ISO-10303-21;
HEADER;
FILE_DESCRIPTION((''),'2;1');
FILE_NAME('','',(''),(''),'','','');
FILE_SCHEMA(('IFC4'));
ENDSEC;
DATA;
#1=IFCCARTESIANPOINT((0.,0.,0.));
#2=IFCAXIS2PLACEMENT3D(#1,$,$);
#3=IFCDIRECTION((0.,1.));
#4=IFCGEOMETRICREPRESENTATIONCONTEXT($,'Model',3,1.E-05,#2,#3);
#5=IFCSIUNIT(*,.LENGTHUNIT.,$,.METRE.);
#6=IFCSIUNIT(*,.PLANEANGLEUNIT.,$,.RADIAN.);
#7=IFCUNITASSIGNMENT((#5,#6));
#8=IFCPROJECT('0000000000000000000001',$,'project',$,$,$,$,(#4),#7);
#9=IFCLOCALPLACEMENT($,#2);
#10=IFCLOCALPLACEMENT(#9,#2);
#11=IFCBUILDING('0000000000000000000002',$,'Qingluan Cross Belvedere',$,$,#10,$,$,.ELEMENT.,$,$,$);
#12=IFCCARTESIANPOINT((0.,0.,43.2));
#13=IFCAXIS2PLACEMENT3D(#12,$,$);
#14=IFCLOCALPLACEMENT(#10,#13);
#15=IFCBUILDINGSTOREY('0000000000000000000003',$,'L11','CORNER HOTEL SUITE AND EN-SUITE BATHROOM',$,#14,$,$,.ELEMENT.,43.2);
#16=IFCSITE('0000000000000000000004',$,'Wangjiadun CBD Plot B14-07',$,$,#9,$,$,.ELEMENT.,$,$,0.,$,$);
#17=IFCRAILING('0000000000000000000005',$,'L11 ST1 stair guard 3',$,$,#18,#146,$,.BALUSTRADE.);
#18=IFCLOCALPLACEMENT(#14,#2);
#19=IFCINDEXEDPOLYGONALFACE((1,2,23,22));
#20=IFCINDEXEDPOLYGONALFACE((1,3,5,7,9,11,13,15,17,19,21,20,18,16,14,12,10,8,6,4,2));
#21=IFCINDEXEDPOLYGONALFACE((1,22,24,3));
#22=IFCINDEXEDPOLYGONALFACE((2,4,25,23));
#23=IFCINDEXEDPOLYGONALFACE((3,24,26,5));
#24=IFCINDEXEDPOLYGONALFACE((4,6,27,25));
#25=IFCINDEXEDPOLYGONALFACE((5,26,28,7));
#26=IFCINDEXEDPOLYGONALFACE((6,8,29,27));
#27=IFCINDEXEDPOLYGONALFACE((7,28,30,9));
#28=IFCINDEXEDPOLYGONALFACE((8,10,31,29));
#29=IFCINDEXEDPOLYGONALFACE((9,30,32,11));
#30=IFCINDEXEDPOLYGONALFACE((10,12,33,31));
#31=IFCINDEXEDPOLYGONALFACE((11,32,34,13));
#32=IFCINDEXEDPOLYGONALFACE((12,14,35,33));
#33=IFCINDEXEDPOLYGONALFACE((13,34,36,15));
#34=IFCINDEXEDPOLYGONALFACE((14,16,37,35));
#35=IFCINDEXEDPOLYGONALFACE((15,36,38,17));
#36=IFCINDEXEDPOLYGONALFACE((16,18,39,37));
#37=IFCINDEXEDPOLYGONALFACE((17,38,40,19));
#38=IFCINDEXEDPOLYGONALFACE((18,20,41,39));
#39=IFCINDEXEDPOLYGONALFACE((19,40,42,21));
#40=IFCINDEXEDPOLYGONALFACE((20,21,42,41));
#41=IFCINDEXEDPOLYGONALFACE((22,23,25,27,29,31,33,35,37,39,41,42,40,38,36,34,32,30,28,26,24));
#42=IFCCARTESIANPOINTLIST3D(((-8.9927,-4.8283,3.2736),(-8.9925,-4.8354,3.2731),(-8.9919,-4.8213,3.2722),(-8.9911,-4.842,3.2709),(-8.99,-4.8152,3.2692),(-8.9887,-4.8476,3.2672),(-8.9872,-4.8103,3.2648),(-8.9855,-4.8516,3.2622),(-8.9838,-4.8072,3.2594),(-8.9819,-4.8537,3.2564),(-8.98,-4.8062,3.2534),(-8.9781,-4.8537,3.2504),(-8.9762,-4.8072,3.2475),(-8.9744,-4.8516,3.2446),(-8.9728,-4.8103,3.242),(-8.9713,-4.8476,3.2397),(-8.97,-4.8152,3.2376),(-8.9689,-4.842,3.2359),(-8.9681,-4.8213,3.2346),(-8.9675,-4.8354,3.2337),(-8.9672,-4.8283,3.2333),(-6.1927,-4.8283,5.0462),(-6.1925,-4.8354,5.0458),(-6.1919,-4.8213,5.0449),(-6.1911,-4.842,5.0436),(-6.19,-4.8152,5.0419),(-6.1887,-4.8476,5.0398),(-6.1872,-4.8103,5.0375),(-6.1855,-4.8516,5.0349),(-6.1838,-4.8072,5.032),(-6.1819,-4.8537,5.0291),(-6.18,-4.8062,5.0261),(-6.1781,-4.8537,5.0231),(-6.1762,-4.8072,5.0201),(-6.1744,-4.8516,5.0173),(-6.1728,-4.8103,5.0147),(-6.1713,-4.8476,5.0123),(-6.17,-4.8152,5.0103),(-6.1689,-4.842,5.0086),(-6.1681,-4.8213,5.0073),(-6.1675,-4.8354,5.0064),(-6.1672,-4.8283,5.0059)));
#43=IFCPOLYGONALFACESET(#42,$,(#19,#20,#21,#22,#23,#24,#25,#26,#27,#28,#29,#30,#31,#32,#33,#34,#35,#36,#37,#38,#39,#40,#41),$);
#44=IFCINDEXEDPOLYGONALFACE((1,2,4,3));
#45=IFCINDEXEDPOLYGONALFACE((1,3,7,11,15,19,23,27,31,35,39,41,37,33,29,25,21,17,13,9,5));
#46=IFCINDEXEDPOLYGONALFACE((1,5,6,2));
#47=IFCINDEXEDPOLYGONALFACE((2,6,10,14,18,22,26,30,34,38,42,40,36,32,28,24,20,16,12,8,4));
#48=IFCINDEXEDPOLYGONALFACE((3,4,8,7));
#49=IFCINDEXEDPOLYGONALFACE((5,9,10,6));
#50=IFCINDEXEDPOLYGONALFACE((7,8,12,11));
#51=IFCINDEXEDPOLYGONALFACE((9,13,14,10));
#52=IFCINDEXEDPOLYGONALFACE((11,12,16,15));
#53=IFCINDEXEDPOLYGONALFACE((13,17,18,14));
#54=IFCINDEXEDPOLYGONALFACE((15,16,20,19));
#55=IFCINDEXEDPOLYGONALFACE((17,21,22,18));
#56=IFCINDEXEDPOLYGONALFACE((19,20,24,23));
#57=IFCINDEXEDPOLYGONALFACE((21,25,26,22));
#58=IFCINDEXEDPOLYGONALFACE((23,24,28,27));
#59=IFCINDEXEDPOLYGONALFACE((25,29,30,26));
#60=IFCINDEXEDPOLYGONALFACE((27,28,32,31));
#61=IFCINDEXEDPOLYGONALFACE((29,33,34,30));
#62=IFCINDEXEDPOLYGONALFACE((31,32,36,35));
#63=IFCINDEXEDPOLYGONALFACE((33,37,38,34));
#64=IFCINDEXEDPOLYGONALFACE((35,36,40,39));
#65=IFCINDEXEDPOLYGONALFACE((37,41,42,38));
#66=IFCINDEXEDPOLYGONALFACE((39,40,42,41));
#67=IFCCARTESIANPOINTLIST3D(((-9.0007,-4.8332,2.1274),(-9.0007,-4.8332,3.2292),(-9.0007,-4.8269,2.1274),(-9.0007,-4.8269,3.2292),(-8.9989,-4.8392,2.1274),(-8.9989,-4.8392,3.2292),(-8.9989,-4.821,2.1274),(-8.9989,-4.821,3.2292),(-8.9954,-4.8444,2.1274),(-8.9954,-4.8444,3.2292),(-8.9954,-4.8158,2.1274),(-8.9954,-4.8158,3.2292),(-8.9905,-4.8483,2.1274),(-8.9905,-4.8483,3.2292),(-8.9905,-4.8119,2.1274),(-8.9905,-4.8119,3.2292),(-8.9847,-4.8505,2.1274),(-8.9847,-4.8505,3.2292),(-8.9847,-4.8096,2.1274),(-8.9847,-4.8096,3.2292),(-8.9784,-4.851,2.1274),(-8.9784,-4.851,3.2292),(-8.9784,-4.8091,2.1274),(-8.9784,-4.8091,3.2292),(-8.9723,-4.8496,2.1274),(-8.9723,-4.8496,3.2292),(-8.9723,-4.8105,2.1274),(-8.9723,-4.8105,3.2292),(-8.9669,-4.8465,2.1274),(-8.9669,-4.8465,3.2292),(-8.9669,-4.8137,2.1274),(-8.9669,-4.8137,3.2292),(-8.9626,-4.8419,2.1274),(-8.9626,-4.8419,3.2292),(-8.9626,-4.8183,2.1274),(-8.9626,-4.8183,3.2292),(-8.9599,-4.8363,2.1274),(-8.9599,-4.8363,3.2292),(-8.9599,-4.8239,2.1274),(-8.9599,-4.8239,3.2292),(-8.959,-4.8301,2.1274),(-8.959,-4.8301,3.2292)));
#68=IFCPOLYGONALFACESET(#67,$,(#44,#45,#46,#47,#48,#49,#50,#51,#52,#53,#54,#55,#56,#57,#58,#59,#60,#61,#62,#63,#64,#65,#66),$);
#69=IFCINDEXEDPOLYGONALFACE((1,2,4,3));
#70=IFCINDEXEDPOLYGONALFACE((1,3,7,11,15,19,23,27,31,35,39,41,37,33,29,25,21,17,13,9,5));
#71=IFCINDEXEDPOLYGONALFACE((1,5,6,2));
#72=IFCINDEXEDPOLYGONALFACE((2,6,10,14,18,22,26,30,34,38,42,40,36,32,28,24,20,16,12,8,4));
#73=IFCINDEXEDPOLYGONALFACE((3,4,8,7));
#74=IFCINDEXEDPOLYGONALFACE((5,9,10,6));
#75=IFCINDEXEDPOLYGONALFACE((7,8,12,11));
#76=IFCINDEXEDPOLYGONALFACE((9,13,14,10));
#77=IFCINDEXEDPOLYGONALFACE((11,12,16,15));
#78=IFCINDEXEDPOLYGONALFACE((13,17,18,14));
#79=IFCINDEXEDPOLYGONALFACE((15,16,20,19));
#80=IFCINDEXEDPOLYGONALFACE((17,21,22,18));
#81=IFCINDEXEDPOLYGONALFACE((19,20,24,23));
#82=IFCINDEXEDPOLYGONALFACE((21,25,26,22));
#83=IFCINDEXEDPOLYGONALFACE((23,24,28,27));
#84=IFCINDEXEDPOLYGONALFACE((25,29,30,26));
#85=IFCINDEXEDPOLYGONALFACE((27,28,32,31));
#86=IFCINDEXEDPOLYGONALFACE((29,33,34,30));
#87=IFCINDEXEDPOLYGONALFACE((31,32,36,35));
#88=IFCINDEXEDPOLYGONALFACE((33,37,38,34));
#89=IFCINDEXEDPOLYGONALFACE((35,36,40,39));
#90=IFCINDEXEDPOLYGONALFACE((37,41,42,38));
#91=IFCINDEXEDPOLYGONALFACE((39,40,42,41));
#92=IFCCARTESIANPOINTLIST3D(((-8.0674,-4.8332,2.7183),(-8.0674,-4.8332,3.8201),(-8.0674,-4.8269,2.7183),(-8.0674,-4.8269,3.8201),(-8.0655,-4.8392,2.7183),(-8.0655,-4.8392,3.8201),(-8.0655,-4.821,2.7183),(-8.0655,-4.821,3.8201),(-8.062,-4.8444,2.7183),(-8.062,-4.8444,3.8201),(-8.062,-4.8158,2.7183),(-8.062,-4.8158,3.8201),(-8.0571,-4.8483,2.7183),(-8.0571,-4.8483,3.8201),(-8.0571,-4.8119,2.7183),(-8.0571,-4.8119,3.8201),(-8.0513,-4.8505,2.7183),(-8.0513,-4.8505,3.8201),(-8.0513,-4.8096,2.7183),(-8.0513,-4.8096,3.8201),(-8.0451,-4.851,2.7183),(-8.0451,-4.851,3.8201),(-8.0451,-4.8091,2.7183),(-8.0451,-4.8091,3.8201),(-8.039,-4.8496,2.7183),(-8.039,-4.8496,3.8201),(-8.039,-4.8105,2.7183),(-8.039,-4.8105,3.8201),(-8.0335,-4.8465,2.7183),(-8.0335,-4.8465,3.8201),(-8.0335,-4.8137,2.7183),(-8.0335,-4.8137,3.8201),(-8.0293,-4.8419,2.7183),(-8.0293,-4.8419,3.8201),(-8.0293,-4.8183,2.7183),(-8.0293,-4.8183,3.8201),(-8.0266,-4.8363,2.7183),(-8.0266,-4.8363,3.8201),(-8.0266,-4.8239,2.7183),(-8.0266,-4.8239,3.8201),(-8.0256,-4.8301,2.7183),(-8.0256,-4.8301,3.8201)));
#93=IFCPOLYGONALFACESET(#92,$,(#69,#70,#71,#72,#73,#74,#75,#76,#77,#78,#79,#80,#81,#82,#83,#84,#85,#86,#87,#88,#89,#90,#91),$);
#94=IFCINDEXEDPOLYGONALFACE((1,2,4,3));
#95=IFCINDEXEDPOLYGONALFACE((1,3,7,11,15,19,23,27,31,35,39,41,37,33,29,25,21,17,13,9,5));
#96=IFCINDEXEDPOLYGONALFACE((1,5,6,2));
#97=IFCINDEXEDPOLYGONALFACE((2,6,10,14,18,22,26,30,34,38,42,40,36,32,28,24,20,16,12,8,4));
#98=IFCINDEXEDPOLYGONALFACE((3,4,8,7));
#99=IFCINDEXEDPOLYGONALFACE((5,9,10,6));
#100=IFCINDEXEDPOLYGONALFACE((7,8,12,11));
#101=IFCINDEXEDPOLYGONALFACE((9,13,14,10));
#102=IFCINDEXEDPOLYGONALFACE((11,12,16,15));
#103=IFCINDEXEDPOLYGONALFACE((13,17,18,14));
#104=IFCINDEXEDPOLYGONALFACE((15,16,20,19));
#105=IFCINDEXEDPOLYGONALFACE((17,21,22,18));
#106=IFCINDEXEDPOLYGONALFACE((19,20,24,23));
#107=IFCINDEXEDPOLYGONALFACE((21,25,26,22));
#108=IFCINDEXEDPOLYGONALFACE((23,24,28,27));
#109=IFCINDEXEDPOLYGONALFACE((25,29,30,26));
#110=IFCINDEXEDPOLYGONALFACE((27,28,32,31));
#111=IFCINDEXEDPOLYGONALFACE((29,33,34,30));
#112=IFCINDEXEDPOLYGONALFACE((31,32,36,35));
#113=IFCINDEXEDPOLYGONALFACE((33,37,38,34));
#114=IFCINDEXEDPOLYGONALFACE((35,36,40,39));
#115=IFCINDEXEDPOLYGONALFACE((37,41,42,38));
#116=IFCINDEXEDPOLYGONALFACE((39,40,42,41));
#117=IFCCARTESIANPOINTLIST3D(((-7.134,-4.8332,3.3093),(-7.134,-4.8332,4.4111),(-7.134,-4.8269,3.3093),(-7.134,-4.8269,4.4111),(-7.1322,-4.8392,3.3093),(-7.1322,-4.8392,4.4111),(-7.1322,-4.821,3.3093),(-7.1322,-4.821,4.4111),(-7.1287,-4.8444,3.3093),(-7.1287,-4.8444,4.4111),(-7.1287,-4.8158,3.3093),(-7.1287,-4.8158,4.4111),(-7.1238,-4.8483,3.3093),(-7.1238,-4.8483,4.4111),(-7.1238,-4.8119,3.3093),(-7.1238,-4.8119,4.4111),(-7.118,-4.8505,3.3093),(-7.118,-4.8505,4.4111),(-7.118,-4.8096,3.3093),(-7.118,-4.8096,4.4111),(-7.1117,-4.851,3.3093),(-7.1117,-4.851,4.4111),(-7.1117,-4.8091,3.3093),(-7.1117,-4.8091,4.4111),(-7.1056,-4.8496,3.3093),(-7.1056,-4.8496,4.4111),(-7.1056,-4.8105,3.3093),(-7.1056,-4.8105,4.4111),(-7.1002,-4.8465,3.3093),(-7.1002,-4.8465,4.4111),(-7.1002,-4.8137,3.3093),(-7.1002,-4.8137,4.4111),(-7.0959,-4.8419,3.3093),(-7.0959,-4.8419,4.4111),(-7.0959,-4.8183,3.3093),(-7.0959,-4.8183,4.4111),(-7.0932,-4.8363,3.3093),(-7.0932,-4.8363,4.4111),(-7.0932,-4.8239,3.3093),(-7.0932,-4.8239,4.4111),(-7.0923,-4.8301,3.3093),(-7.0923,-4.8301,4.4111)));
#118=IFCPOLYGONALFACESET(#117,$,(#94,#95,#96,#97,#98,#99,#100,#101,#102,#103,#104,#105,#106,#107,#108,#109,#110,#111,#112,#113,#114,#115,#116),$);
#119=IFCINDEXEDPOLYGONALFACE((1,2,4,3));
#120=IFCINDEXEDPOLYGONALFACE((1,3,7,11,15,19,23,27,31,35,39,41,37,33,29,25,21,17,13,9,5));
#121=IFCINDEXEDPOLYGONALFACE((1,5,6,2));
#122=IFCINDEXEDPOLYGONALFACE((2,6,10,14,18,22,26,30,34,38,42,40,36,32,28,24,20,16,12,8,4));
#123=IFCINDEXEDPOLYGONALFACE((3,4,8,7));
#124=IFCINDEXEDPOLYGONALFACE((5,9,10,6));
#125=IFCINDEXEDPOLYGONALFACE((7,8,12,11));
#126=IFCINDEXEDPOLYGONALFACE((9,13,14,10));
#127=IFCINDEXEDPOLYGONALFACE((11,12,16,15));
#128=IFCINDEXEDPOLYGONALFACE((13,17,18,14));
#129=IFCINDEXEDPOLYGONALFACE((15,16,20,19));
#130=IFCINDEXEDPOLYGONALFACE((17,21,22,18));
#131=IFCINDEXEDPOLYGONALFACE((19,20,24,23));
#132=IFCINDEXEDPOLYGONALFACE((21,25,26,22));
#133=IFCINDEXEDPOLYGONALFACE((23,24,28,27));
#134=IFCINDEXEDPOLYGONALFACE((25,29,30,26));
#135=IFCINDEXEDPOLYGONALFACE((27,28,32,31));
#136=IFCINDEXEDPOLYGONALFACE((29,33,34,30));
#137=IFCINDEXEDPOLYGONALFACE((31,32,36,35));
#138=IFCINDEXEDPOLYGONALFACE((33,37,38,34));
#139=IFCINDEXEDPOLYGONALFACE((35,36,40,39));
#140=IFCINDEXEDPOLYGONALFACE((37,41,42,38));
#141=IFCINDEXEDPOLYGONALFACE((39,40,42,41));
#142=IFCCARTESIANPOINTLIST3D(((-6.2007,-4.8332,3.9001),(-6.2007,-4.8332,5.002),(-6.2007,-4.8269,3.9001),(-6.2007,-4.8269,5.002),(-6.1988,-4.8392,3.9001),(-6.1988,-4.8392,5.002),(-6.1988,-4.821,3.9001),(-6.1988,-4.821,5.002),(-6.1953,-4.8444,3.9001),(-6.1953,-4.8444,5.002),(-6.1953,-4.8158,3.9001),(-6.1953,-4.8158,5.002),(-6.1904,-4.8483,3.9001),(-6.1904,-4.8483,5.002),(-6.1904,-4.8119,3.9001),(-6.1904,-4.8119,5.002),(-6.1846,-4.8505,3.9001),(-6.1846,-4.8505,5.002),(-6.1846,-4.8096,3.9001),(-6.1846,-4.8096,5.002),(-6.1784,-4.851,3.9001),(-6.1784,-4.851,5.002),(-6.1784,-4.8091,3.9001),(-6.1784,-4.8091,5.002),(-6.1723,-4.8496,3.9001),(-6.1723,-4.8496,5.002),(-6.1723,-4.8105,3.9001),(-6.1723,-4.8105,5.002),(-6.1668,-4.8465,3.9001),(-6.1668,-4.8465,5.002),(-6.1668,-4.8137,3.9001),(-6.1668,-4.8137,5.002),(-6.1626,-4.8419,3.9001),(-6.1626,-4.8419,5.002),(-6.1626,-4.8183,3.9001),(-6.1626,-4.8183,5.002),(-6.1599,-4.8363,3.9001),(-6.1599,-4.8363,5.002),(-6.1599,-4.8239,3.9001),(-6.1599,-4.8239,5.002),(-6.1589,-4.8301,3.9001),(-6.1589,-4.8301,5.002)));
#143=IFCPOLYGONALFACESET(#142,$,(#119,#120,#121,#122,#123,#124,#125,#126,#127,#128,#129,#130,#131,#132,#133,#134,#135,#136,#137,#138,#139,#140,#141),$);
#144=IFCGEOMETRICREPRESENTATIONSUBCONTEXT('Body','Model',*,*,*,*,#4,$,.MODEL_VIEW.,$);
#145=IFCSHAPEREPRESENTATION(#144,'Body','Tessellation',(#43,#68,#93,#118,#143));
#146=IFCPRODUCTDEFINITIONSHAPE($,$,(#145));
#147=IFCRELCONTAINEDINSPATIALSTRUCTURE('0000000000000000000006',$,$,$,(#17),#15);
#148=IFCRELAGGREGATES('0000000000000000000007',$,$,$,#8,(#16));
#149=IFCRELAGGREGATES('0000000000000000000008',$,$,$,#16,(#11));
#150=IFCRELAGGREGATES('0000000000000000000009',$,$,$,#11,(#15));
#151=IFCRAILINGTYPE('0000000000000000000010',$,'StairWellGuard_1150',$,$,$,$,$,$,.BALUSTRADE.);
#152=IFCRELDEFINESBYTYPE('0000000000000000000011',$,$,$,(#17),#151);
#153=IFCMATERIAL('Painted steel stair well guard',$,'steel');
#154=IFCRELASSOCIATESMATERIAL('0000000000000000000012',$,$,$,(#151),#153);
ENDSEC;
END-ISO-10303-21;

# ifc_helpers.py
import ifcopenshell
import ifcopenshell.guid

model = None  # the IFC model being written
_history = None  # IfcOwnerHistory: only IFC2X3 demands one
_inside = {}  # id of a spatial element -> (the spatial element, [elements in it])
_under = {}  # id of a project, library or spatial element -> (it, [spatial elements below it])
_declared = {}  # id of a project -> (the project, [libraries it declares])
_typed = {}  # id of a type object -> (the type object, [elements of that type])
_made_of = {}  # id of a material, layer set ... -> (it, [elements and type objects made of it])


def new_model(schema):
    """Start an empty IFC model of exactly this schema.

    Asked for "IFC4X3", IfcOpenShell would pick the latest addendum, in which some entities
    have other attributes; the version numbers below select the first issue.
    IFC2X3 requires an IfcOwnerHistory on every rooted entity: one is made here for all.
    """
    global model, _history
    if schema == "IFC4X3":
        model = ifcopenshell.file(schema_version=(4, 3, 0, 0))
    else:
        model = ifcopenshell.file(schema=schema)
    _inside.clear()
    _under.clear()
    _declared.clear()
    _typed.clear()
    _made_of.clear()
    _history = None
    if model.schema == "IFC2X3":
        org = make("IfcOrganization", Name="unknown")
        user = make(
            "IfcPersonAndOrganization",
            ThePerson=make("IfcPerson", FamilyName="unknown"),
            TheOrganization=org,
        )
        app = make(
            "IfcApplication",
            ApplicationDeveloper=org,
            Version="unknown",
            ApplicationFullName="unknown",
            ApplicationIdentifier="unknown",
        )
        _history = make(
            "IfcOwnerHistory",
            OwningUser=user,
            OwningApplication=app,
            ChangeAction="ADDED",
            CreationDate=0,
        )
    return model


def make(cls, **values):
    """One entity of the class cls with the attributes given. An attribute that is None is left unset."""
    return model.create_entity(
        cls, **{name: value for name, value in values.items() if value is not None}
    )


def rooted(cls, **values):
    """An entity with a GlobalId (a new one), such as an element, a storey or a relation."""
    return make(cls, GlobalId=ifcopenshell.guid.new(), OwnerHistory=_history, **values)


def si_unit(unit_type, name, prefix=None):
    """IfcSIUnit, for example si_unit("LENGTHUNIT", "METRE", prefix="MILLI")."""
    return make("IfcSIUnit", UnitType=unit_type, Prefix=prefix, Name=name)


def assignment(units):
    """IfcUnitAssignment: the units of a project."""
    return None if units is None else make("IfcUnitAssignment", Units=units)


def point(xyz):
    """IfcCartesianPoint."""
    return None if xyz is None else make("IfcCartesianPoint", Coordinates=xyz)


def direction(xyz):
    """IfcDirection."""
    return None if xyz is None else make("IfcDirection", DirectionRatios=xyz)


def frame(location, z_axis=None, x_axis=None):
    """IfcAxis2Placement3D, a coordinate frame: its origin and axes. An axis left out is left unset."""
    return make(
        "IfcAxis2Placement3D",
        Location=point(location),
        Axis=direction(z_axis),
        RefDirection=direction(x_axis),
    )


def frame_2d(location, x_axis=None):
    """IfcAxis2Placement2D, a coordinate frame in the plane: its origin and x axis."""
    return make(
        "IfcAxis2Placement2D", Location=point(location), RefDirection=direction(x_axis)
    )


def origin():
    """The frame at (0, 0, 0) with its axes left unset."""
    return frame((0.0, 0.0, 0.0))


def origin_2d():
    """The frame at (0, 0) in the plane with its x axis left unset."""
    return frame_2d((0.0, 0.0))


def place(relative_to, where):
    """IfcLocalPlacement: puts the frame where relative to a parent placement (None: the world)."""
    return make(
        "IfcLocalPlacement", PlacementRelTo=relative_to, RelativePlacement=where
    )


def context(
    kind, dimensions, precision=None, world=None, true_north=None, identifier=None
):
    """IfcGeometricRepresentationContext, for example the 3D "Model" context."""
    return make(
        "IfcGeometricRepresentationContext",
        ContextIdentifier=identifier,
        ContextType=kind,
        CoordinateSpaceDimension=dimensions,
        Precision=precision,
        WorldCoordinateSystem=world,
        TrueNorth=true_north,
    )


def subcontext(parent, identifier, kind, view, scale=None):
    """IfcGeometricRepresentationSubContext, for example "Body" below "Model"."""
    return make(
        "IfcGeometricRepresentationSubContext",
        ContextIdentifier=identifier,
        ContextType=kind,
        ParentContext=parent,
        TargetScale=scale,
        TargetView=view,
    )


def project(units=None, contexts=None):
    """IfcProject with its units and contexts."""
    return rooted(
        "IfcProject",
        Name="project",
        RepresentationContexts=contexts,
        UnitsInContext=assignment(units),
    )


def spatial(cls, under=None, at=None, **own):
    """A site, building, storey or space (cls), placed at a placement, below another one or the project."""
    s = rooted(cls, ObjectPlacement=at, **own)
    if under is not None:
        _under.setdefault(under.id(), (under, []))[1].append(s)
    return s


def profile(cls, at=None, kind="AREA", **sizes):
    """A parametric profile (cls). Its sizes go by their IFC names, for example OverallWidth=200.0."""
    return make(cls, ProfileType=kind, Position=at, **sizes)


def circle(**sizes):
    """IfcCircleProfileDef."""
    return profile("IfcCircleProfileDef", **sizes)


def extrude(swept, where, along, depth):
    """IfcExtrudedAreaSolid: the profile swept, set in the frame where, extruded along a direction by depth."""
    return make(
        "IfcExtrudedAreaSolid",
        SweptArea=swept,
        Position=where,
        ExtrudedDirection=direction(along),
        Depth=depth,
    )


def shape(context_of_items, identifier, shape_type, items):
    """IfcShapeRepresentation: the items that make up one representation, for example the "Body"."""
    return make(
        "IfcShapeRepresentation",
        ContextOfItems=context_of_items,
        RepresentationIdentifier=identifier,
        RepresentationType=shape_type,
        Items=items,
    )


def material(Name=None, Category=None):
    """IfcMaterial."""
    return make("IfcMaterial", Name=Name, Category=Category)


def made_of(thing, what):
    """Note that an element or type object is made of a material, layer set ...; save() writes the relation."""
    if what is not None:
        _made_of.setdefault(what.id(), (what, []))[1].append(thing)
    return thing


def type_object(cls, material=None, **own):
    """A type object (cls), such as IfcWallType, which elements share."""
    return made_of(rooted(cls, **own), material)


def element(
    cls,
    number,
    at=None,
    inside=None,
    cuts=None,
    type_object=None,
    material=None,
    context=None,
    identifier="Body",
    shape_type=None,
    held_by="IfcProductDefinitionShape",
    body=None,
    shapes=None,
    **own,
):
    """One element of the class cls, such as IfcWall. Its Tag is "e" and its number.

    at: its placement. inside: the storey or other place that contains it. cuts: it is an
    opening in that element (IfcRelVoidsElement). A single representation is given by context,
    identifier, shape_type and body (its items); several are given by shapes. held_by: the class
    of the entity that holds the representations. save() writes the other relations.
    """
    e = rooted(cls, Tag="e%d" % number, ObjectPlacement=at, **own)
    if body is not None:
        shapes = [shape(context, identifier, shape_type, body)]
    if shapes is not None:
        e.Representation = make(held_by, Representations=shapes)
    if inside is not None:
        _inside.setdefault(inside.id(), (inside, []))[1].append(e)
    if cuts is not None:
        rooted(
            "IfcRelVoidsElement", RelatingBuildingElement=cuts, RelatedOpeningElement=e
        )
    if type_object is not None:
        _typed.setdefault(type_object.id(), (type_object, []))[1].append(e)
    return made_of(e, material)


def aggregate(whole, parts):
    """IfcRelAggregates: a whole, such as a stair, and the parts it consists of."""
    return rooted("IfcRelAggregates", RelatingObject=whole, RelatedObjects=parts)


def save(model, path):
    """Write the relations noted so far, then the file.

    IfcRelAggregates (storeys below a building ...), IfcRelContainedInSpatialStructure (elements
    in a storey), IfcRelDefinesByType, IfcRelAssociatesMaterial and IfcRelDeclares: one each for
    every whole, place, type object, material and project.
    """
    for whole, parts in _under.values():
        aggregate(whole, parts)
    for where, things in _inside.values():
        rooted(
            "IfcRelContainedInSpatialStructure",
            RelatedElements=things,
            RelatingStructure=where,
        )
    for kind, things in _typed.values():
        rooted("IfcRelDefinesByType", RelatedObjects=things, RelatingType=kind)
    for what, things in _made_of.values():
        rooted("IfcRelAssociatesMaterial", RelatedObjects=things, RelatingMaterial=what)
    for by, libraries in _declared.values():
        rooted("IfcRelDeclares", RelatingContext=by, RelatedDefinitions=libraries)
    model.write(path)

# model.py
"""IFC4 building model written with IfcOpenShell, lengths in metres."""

from ifc_helpers import new_model, si_unit, direction, frame, origin, origin_2d, place, context, subcontext, project, spatial, circle, extrude, material, type_object, element, save


model = new_model("IFC4")

# Units and contexts
model_context = context("Model", 3, precision=1e-05, world=origin(), true_north=direction((0.0, 1.0)))
body_context = subcontext(model_context, "Body", "Model", "MODEL_VIEW")
ifc_project = project(units=[si_unit("LENGTHUNIT", "METRE"), si_unit("PLANEANGLEUNIT", "RADIAN")], contexts=[model_context])

# Site, building, storey
site_placement = place(None, origin())
site = spatial("IfcSite", under=ifc_project, at=site_placement, Name="Wangjiadun CBD Plot B14-07", CompositionType="ELEMENT", RefElevation=0.0)
building_placement = place(site_placement, origin())
building = spatial("IfcBuilding", under=site, at=building_placement, Name="Qingluan Cross Belvedere", CompositionType="ELEMENT")
storey_placement = place(building_placement, frame((0.0, 0.0, 43.2)))
storey = spatial("IfcBuildingStorey", under=building, at=storey_placement, Name="L11", Description="CORNER HOTEL SUITE AND EN-SUITE BATHROOM", CompositionType="ELEMENT", Elevation=43.2)

# Railing
ifc_material_1 = material(Name="Painted steel stair well guard", Category="steel")
railing_type_1 = type_object("IfcRailingType", Name="StairWellGuard_1150", PredefinedType="BALUSTRADE", material=ifc_material_1)
railing_1_placement = place(storey_placement, frame((-8.98, -4.8301, 2.1274)))
element("IfcRailing", 1, at=railing_1_placement, inside=storey, type_object=railing_type_1, Name="L11 ST1 stair guard 3", PredefinedType="BALUSTRADE", context=body_context, shape_type="SweptSolid", body=[
    extrude(circle(Radius=0.0239, at=origin_2d()), frame((0.0, 0.0, 1.126), z_axis=(0.844909, 0.0, 0.53491), x_axis=(0.0, 1.0, 0.0)), (0.0, 0.0, 1.0), 3.314),
    extrude(circle(Radius=0.021, at=origin_2d()), origin(), (0.0, 0.0, 1.0), 1.1018),
    extrude(circle(Radius=0.021, at=origin_2d()), frame((0.9333, 0.0, 0.5908)), (0.0, 0.0, 1.0), 1.1018),
    extrude(circle(Radius=0.021, at=origin_2d()), frame((1.8667, 0.0, 1.1819)), (0.0, 0.0, 1.0), 1.1018),
    extrude(circle(Radius=0.021, at=origin_2d()), frame((2.8, 0.0, 1.7727)), (0.0, 0.0, 1.0), 1.1018),
])

save(model, "model.ifc")
